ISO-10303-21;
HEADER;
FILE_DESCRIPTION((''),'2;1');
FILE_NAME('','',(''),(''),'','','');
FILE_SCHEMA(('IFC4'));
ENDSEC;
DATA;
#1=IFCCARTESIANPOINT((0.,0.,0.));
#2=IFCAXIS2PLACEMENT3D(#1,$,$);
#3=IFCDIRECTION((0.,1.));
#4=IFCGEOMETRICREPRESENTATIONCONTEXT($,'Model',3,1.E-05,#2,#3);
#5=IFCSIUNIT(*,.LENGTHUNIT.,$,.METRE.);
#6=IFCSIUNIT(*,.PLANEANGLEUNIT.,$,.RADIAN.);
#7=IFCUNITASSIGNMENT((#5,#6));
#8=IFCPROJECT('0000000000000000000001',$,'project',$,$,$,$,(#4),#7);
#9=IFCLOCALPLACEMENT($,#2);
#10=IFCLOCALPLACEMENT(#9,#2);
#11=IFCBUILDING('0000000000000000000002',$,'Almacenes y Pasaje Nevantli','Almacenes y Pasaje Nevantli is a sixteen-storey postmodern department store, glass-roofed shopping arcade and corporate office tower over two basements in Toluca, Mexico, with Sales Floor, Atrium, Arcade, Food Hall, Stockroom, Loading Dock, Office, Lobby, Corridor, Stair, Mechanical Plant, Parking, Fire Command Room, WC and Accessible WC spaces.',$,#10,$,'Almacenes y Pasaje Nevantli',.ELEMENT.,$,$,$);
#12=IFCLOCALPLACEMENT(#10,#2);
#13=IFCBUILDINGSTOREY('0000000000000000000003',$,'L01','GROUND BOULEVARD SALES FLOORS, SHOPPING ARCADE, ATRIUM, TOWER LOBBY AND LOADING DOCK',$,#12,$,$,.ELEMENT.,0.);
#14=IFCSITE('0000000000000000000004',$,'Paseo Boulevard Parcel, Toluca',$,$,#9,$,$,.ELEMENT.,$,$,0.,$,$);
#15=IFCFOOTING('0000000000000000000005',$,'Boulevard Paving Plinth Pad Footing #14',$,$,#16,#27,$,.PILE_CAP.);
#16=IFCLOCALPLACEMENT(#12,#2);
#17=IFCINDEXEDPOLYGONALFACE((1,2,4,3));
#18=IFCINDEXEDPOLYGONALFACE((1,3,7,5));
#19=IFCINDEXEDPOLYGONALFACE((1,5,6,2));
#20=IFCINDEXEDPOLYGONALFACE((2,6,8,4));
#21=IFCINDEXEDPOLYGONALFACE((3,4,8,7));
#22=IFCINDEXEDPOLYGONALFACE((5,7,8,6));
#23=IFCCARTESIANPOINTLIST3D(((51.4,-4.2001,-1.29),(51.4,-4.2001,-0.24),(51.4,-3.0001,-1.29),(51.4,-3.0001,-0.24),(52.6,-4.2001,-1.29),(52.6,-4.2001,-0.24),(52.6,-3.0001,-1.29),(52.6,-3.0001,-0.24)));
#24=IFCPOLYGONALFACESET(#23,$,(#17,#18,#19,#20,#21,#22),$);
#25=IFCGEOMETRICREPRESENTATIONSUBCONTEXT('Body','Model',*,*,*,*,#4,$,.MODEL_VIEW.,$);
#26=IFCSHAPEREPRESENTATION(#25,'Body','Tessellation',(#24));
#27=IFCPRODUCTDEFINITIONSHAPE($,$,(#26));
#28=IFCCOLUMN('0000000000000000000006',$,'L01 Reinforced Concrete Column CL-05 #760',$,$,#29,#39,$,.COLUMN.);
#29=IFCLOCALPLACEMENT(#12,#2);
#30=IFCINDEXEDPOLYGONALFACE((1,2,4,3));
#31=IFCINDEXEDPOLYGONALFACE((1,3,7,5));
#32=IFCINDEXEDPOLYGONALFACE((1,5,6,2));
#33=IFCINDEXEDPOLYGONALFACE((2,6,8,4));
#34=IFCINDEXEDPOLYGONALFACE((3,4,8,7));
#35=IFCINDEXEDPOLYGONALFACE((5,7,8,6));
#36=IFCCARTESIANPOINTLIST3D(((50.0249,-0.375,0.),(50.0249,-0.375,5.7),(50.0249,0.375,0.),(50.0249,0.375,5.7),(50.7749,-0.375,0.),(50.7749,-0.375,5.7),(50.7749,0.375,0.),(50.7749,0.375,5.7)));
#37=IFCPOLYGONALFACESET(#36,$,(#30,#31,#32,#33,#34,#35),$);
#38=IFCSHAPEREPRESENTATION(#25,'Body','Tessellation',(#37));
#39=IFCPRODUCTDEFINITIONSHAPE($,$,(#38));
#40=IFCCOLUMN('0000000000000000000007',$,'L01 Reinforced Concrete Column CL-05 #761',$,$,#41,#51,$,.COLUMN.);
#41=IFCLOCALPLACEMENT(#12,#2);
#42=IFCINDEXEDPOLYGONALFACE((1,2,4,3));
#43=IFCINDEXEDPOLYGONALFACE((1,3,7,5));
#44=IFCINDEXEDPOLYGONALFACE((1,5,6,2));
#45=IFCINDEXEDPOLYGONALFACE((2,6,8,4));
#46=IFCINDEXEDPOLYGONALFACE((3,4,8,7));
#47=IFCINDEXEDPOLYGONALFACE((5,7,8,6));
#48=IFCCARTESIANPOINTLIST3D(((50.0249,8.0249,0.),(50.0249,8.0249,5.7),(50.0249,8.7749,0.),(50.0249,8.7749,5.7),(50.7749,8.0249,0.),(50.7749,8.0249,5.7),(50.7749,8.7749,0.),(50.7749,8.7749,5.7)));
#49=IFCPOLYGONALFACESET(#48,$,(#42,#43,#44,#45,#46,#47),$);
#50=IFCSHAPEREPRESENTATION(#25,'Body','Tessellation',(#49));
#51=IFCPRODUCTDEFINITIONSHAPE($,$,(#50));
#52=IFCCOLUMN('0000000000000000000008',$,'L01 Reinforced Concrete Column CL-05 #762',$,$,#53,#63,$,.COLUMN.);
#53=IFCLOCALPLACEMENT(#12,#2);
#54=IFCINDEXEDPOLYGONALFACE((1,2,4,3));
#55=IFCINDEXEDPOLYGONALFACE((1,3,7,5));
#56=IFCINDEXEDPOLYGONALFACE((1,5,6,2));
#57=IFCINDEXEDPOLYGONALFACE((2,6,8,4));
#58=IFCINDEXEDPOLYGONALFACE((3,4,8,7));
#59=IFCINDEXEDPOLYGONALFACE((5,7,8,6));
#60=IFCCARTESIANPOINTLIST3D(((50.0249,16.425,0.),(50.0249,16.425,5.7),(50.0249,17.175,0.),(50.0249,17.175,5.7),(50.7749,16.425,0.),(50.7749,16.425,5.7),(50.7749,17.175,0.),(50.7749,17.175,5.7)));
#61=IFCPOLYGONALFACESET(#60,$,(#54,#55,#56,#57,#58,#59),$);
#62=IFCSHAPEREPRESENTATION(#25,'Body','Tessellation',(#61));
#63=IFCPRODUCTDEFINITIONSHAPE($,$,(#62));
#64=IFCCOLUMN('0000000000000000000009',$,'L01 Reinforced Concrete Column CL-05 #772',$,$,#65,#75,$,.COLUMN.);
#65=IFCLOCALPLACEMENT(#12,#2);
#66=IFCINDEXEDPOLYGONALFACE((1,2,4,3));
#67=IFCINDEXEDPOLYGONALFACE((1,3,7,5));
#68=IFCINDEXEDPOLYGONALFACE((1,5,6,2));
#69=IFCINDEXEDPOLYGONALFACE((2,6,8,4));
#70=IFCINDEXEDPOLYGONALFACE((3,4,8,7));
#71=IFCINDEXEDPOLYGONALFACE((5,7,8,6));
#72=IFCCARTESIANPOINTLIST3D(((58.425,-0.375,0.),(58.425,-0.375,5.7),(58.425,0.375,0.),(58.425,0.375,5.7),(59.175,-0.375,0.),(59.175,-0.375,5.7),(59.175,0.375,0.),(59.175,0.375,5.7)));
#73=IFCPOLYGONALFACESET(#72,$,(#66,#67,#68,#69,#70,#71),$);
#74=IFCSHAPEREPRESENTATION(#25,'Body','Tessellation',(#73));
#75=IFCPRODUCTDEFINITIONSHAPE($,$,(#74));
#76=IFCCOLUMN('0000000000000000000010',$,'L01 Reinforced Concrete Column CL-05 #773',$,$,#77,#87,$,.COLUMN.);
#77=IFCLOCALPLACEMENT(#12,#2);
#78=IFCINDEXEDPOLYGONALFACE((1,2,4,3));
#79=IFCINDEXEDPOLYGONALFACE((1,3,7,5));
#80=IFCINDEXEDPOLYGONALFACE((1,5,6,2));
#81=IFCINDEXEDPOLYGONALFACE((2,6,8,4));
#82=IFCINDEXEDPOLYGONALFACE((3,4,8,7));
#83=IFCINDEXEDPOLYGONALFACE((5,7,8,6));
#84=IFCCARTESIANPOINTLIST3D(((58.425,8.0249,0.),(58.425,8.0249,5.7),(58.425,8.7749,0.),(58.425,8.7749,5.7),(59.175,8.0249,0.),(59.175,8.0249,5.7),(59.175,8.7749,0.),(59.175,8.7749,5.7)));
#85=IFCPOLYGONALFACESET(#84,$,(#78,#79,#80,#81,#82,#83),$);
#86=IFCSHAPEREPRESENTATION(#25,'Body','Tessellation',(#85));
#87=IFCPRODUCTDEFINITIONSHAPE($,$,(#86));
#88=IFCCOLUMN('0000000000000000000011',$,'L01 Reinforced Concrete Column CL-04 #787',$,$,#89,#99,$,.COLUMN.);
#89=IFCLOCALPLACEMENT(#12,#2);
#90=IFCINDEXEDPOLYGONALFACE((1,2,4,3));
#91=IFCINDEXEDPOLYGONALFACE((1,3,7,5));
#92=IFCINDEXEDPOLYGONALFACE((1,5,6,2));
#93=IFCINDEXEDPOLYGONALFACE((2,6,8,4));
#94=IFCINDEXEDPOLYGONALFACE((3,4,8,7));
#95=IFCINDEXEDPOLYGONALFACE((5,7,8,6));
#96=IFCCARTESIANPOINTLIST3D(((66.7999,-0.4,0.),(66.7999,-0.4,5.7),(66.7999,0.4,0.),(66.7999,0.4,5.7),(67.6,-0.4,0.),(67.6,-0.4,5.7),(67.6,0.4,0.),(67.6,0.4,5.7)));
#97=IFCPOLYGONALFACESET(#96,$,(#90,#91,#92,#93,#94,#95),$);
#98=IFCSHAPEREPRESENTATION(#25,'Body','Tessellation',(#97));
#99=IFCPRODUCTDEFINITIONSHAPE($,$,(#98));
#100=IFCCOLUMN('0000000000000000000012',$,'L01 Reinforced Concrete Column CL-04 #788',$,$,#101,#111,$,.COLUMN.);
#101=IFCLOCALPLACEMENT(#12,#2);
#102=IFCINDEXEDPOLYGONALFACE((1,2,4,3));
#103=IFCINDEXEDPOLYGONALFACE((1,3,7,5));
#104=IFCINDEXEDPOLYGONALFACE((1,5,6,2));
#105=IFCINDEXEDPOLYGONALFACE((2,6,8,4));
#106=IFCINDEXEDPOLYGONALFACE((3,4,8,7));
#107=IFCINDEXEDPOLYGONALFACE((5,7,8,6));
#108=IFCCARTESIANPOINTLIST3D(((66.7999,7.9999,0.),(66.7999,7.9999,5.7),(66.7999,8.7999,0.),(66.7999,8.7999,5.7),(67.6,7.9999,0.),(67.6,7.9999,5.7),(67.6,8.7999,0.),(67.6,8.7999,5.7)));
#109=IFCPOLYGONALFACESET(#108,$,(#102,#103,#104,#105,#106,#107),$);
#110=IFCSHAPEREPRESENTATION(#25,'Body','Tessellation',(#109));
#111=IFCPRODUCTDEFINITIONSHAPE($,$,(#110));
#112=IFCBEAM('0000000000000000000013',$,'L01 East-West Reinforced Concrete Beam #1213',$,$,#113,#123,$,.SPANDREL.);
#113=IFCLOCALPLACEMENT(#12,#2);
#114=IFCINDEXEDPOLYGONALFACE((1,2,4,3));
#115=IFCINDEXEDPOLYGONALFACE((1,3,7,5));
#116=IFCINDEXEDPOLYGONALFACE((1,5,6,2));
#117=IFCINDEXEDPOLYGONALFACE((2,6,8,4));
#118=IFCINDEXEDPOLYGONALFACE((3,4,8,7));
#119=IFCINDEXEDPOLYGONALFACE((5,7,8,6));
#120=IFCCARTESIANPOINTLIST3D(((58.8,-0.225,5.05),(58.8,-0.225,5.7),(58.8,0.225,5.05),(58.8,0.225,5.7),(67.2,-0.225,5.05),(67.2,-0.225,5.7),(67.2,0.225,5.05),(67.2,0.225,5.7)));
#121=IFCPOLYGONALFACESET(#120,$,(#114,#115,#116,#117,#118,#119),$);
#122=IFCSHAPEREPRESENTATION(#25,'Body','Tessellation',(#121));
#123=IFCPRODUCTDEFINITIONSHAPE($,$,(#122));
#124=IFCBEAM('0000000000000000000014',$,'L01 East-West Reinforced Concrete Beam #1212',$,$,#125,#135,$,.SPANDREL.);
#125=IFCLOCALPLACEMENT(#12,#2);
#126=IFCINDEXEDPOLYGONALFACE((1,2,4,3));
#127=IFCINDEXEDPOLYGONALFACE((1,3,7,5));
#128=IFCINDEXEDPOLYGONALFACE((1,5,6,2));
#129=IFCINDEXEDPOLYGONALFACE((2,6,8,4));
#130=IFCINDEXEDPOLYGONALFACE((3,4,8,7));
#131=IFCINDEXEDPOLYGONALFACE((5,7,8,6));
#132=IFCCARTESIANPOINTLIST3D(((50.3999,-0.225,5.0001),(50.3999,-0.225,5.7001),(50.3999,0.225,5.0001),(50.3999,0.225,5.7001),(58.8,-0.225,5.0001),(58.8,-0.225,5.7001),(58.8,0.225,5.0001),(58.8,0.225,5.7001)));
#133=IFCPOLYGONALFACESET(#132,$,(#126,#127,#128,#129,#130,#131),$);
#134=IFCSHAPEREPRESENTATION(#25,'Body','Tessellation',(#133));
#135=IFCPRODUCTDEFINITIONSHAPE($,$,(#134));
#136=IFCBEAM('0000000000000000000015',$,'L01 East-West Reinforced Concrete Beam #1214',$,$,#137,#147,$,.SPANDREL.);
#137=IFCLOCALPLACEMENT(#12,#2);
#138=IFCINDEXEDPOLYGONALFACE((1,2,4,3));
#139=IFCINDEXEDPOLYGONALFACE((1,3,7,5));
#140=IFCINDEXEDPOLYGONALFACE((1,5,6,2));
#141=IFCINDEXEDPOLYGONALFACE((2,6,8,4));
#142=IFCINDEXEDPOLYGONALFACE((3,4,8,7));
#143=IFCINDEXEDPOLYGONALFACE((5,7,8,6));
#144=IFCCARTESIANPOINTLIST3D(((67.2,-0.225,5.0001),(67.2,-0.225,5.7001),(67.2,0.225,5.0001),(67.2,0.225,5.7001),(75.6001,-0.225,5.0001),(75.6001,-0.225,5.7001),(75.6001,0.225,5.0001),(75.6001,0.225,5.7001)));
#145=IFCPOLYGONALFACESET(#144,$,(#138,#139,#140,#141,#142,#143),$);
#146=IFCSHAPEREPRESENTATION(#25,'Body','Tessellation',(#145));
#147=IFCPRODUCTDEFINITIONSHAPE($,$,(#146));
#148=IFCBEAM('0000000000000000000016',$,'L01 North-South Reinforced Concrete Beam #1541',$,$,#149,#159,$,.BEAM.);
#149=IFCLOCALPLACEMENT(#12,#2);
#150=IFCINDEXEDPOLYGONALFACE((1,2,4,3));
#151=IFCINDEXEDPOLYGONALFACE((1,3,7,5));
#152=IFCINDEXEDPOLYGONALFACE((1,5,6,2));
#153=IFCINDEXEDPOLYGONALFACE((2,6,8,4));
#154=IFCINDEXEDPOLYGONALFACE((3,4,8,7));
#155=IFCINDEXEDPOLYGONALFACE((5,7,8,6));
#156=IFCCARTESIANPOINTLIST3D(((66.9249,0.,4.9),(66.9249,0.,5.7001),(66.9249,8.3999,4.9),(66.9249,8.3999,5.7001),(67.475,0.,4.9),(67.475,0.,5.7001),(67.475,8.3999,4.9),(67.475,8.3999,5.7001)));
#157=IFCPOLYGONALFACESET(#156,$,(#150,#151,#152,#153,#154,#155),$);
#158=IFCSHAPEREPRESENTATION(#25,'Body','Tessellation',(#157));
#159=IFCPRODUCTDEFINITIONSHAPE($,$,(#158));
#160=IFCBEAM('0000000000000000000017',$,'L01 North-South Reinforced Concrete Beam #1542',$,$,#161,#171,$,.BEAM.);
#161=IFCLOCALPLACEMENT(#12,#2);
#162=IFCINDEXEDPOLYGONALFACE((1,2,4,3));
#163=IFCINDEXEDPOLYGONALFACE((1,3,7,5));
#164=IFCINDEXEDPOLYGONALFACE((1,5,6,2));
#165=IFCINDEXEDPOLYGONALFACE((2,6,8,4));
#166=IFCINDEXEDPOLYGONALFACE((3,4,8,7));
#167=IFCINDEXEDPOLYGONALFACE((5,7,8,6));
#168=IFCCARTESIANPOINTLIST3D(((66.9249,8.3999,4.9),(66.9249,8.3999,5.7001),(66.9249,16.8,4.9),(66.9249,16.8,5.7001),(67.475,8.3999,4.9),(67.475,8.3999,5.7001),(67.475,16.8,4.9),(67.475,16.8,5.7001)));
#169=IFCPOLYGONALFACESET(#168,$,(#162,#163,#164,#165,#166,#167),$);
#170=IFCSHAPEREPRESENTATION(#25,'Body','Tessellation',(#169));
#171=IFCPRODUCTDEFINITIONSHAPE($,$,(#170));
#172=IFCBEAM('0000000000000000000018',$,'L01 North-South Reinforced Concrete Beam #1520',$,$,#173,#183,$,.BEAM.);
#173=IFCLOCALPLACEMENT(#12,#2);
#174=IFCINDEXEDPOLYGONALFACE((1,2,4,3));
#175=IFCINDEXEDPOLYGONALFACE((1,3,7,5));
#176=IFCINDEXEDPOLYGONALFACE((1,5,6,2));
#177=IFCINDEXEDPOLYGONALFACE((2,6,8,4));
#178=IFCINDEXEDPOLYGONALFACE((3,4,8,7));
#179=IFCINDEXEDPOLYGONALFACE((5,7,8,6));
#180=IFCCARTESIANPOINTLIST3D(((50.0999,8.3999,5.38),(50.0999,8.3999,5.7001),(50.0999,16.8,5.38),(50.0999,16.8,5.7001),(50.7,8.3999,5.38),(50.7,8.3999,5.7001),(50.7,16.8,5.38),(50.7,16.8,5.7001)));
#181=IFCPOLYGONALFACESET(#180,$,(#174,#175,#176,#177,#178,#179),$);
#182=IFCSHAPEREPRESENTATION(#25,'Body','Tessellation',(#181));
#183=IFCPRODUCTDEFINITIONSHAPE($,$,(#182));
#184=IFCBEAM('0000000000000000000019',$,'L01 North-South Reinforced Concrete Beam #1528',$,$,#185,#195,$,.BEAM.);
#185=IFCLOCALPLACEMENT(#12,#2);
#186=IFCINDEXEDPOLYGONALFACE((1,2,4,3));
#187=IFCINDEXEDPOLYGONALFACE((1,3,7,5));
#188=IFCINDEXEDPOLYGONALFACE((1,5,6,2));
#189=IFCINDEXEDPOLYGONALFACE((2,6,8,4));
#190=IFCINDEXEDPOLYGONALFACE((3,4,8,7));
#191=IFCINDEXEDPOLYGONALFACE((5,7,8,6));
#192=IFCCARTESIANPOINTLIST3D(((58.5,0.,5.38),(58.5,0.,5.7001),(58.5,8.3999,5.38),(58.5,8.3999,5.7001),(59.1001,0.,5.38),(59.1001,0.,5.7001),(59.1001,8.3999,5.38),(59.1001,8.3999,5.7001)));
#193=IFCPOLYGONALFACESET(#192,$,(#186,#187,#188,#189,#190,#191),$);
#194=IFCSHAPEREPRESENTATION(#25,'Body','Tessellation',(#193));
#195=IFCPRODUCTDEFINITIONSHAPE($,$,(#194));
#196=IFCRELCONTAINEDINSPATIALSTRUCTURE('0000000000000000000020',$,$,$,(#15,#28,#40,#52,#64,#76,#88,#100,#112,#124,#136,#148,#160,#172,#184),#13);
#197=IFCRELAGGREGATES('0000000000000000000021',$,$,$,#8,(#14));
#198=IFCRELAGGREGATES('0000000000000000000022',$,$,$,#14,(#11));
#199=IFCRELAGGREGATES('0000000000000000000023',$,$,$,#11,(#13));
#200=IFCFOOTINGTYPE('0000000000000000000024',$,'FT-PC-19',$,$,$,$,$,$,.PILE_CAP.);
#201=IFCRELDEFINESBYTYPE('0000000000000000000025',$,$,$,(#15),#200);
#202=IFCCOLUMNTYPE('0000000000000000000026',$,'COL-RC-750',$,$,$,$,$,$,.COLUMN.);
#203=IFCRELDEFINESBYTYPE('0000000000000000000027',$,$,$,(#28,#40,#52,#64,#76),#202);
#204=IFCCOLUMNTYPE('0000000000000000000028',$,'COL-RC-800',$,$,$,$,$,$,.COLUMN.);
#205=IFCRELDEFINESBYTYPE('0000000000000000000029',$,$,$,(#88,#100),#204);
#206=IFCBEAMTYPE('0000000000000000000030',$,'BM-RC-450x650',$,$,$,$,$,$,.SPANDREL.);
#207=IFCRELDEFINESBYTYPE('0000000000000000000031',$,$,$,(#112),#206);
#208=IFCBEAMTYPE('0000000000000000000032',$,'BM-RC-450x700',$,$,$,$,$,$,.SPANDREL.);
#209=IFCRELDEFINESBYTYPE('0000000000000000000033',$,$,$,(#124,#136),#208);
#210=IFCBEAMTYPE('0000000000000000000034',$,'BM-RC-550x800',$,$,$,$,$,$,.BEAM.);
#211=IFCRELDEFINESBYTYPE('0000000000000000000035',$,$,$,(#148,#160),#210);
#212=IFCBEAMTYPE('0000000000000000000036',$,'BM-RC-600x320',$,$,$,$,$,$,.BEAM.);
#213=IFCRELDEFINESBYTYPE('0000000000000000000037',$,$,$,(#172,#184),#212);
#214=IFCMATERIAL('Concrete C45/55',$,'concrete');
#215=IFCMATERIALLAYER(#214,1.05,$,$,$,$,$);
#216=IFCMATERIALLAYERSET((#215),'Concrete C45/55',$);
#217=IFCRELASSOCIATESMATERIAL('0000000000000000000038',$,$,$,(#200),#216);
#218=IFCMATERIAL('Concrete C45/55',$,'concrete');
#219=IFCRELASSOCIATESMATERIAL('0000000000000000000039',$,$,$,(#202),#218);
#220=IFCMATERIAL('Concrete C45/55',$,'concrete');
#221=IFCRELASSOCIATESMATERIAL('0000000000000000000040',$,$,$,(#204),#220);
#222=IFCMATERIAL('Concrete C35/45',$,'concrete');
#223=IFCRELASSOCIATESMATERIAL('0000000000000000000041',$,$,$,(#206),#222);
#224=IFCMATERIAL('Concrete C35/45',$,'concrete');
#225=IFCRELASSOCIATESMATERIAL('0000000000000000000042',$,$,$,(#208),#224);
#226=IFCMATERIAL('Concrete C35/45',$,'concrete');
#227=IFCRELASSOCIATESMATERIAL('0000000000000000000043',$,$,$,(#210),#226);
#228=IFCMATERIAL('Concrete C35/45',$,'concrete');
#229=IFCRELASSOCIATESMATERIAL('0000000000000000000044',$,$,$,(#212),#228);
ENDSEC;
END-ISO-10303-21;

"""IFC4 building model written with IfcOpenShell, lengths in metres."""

from ifc_helpers import new_model, si_unit, direction, frame, origin, origin_2d, place, context, subcontext, project, spatial, rectangle, extrude, material, layer, layer_set, material_profile, profile_set, type_object, element, save


model = new_model("IFC4")

# Units and contexts
model_context = context("Model", 3, precision=1e-05, world=origin(), true_north=direction((0.0, 1.0)))
body_context = subcontext(model_context, "Body", "Model", "MODEL_VIEW")
ifc_project = project(units=[si_unit("LENGTHUNIT", "METRE"), si_unit("PLANEANGLEUNIT", "RADIAN")], contexts=[model_context])

# Site, building, storey
site_placement = place(None, origin())
site = spatial("IfcSite", under=ifc_project, at=site_placement, Name="Paseo Boulevard Parcel, Toluca", CompositionType="ELEMENT", RefElevation=0.0)
building_placement = place(site_placement, origin())
building = spatial("IfcBuilding", under=site, at=building_placement, Name="Almacenes y Pasaje Nevantli", Description="Almacenes y Pasaje Nevantli is a sixteen-storey postmodern department store, glass-roofed shopping arcade and corporate office tower over two basements in Toluca, Mexico, with Sales Floor, Atrium, Arcade, Food Hall, Stockroom, Loading Dock, Office, Lobby, Corridor, Stair, Mechanical Plant, Parking, Fire Command Room, WC and Accessible WC spaces.", LongName="Almacenes y Pasaje Nevantli", CompositionType="ELEMENT")
storey_placement = place(building_placement, origin())
storey = spatial("IfcBuildingStorey", under=building, at=storey_placement, Name="L01", Description="GROUND BOULEVARD SALES FLOORS, SHOPPING ARCADE, ATRIUM, TOWER LOBBY AND LOADING DOCK", CompositionType="ELEMENT", Elevation=0.0)

# Footing
ifc_material_1 = material(Name="Concrete C45/55", Category="concrete")
ifc_layer_1 = layer(ifc_material_1, 1.05)
ifc_layer_set_1 = layer_set([ifc_layer_1], Name="Concrete C45/55")
footing_type = type_object("IfcFootingType", Name="FT-PC-19", PredefinedType="PILE_CAP", material=ifc_layer_set_1)
footing_placement = place(storey_placement, frame((52.0, -3.6001, -1.29), z_axis=(0.0, 0.0, 1.0), x_axis=(1.0, 0.0, 0.0)))
element("IfcFooting", 1, at=footing_placement, inside=storey, type_object=footing_type, Name="Boulevard Paving Plinth Pad Footing #14", PredefinedType="PILE_CAP", context=body_context, shape_type="SweptSolid", body=[
    extrude(rectangle(XDim=1.2, YDim=1.2, at=origin_2d()), origin(), (0.0, 0.0, 1.0), 1.05),
])

# Columns
ifc_material_2 = material(Name="Concrete C45/55", Category="concrete")
ifc_material_profile_1 = material_profile(ifc_material_2, rectangle(XDim=0.75, YDim=0.75, at=origin_2d()), Name="RC-COL-750x750")
ifc_profile_set_1 = profile_set([ifc_material_profile_1], Name="Concrete C45/55")
column_type_1 = type_object("IfcColumnType", Name="COL-RC-750", PredefinedType="COLUMN", material=ifc_profile_set_1)
for number, where, z_axis, x_axis, name in (
    (2, (50.3999, 0.0, 0.0), (0.0, 0.0, 1.0), (1.0, 0.0, 0.0), "L01 Reinforced Concrete Column CL-05 #760"),
    (3, (50.3999, 8.3999, 0.0), (0.0, 0.0, 1.0), (1.0, 0.0, 0.0), "L01 Reinforced Concrete Column CL-05 #761"),
    (4, (50.3999, 16.8, 0.0), (0.0, 0.0, 1.0), (1.0, 0.0, 0.0), "L01 Reinforced Concrete Column CL-05 #762"),
    (5, (58.8, 0.0, 0.0), (0.0, 0.0, 1.0), (1.0, 0.0, 0.0), "L01 Reinforced Concrete Column CL-05 #772"),
    (6, (58.8, 8.3999, 0.0), (0.0, 0.0, 1.0), (1.0, 0.0, 0.0), "L01 Reinforced Concrete Column CL-05 #773"),
):
    element("IfcColumn", number, at=place(storey_placement, frame(where, z_axis=z_axis, x_axis=x_axis)), inside=storey, type_object=column_type_1, Name=name, PredefinedType="COLUMN", context=body_context, shape_type="SweptSolid", body=[
        extrude(rectangle(XDim=0.75, YDim=0.75, at=origin_2d()), origin(), (0.0, 0.0, 1.0), 5.7),
    ])
ifc_material_3 = material(Name="Concrete C45/55", Category="concrete")
ifc_material_profile_2 = material_profile(ifc_material_3, rectangle(XDim=0.8, YDim=0.8, at=origin_2d()), Name="RC-COL-800x800")
ifc_profile_set_2 = profile_set([ifc_material_profile_2], Name="Concrete C45/55")
column_type_2 = type_object("IfcColumnType", Name="COL-RC-800", PredefinedType="COLUMN", material=ifc_profile_set_2)
for number, where, z_axis, x_axis, name in (
    (7, (67.2, 0.0, 0.0), (0.0, 0.0, 1.0), (1.0, 0.0, 0.0), "L01 Reinforced Concrete Column CL-04 #787"),
    (8, (67.2, 8.3999, 0.0), (0.0, 0.0, 1.0), (1.0, 0.0, 0.0), "L01 Reinforced Concrete Column CL-04 #788"),
):
    element("IfcColumn", number, at=place(storey_placement, frame(where, z_axis=z_axis, x_axis=x_axis)), inside=storey, type_object=column_type_2, Name=name, PredefinedType="COLUMN", context=body_context, shape_type="SweptSolid", body=[
        extrude(rectangle(XDim=0.8, YDim=0.8, at=origin_2d()), origin(), (0.0, 0.0, 1.0), 5.7),
    ])

# Beams
ifc_material_4 = material(Name="Concrete C35/45", Category="concrete")
ifc_material_profile_3 = material_profile(ifc_material_4, rectangle(XDim=0.45, YDim=0.6499, at=origin_2d()), Name="RC-BM-450x650")
ifc_profile_set_3 = profile_set([ifc_material_profile_3], Name="Concrete C35/45")
beam_type_1 = type_object("IfcBeamType", Name="BM-RC-450x650", PredefinedType="SPANDREL", material=ifc_profile_set_3)
beam_1_placement = place(storey_placement, frame((58.8, 0.0, 5.375), z_axis=(1.0, 0.0, 0.0), x_axis=(0.0, 1.0, 0.0)))
element("IfcBeam", 9, at=beam_1_placement, inside=storey, type_object=beam_type_1, Name="L01 East-West Reinforced Concrete Beam #1213", PredefinedType="SPANDREL", context=body_context, shape_type="SweptSolid", body=[
    extrude(rectangle(XDim=0.45, YDim=0.6499, at=origin_2d()), origin(), (0.0, 0.0, 1.0), 8.3999),
])
ifc_material_5 = material(Name="Concrete C35/45", Category="concrete")
ifc_material_profile_4 = material_profile(ifc_material_5, rectangle(XDim=0.45, YDim=0.7, at=origin_2d()), Name="RC-BM-450x700")
ifc_profile_set_4 = profile_set([ifc_material_profile_4], Name="Concrete C35/45")
beam_type_2 = type_object("IfcBeamType", Name="BM-RC-450x700", PredefinedType="SPANDREL", material=ifc_profile_set_4)
for number, where, z_axis, x_axis, name in (
    (10, (50.3999, 0.0, 5.3501), (1.0, 0.0, 0.0), (0.0, 1.0, 0.0), "L01 East-West Reinforced Concrete Beam #1212"),
    (11, (67.2, 0.0, 5.3501), (1.0, 0.0, 0.0), (0.0, 1.0, 0.0), "L01 East-West Reinforced Concrete Beam #1214"),
):
    element("IfcBeam", number, at=place(storey_placement, frame(where, z_axis=z_axis, x_axis=x_axis)), inside=storey, type_object=beam_type_2, Name=name, PredefinedType="SPANDREL", context=body_context, shape_type="SweptSolid", body=[
        extrude(rectangle(XDim=0.45, YDim=0.7, at=origin_2d()), origin(), (0.0, 0.0, 1.0), 8.4001),
    ])
ifc_material_6 = material(Name="Concrete C35/45", Category="concrete")
ifc_material_profile_5 = material_profile(ifc_material_6, rectangle(XDim=0.55, YDim=0.8, at=origin_2d()), Name="RC-BM-550x800")
ifc_profile_set_5 = profile_set([ifc_material_profile_5], Name="Concrete C35/45")
beam_type_3 = type_object("IfcBeamType", Name="BM-RC-550x800", PredefinedType="BEAM", material=ifc_profile_set_5)
beam_2_placement = place(storey_placement, frame((67.2, 0.0, 5.3), z_axis=(0.0, 1.0, 0.0), x_axis=(-1.0, 0.0, 0.0)))
element("IfcBeam", 12, at=beam_2_placement, inside=storey, type_object=beam_type_3, Name="L01 North-South Reinforced Concrete Beam #1541", PredefinedType="BEAM", context=body_context, shape_type="SweptSolid", body=[
    extrude(rectangle(XDim=0.55, YDim=0.8, at=origin_2d()), origin(), (0.0, 0.0, 1.0), 8.3999),
])
beam_3_placement = place(storey_placement, frame((67.2, 8.3999, 5.3), z_axis=(0.0, 1.0, 0.0), x_axis=(-1.0, 0.0, 0.0)))
element("IfcBeam", 13, at=beam_3_placement, inside=storey, type_object=beam_type_3, Name="L01 North-South Reinforced Concrete Beam #1542", PredefinedType="BEAM", context=body_context, shape_type="SweptSolid", body=[
    extrude(rectangle(XDim=0.55, YDim=0.8, at=origin_2d()), origin(), (0.0, 0.0, 1.0), 8.4001),
])
ifc_material_7 = material(Name="Concrete C35/45", Category="concrete")
ifc_material_profile_6 = material_profile(ifc_material_7, rectangle(XDim=0.6001, YDim=0.3201, at=origin_2d()), Name="RC-BM-600x320")
ifc_profile_set_6 = profile_set([ifc_material_profile_6], Name="Concrete C35/45")
beam_type_4 = type_object("IfcBeamType", Name="BM-RC-600x320", PredefinedType="BEAM", material=ifc_profile_set_6)
beam_4_placement = place(storey_placement, frame((50.3999, 8.3999, 5.54), z_axis=(0.0, 1.0, 0.0), x_axis=(-1.0, 0.0, 0.0)))
element("IfcBeam", 14, at=beam_4_placement, inside=storey, type_object=beam_type_4, Name="L01 North-South Reinforced Concrete Beam #1520", PredefinedType="BEAM", context=body_context, shape_type="SweptSolid", body=[
    extrude(rectangle(XDim=0.6001, YDim=0.3201, at=origin_2d()), origin(), (0.0, 0.0, 1.0), 8.4001),
])
beam_5_placement = place(storey_placement, frame((58.8, 0.0, 5.54), z_axis=(0.0, 1.0, 0.0), x_axis=(-1.0, 0.0, 0.0)))
element("IfcBeam", 15, at=beam_5_placement, inside=storey, type_object=beam_type_4, Name="L01 North-South Reinforced Concrete Beam #1528", PredefinedType="BEAM", context=body_context, shape_type="SweptSolid", body=[
    extrude(rectangle(XDim=0.6001, YDim=0.3201, at=origin_2d()), origin(), (0.0, 0.0, 1.0), 8.3999),
])

save(model, "model.ifc")
